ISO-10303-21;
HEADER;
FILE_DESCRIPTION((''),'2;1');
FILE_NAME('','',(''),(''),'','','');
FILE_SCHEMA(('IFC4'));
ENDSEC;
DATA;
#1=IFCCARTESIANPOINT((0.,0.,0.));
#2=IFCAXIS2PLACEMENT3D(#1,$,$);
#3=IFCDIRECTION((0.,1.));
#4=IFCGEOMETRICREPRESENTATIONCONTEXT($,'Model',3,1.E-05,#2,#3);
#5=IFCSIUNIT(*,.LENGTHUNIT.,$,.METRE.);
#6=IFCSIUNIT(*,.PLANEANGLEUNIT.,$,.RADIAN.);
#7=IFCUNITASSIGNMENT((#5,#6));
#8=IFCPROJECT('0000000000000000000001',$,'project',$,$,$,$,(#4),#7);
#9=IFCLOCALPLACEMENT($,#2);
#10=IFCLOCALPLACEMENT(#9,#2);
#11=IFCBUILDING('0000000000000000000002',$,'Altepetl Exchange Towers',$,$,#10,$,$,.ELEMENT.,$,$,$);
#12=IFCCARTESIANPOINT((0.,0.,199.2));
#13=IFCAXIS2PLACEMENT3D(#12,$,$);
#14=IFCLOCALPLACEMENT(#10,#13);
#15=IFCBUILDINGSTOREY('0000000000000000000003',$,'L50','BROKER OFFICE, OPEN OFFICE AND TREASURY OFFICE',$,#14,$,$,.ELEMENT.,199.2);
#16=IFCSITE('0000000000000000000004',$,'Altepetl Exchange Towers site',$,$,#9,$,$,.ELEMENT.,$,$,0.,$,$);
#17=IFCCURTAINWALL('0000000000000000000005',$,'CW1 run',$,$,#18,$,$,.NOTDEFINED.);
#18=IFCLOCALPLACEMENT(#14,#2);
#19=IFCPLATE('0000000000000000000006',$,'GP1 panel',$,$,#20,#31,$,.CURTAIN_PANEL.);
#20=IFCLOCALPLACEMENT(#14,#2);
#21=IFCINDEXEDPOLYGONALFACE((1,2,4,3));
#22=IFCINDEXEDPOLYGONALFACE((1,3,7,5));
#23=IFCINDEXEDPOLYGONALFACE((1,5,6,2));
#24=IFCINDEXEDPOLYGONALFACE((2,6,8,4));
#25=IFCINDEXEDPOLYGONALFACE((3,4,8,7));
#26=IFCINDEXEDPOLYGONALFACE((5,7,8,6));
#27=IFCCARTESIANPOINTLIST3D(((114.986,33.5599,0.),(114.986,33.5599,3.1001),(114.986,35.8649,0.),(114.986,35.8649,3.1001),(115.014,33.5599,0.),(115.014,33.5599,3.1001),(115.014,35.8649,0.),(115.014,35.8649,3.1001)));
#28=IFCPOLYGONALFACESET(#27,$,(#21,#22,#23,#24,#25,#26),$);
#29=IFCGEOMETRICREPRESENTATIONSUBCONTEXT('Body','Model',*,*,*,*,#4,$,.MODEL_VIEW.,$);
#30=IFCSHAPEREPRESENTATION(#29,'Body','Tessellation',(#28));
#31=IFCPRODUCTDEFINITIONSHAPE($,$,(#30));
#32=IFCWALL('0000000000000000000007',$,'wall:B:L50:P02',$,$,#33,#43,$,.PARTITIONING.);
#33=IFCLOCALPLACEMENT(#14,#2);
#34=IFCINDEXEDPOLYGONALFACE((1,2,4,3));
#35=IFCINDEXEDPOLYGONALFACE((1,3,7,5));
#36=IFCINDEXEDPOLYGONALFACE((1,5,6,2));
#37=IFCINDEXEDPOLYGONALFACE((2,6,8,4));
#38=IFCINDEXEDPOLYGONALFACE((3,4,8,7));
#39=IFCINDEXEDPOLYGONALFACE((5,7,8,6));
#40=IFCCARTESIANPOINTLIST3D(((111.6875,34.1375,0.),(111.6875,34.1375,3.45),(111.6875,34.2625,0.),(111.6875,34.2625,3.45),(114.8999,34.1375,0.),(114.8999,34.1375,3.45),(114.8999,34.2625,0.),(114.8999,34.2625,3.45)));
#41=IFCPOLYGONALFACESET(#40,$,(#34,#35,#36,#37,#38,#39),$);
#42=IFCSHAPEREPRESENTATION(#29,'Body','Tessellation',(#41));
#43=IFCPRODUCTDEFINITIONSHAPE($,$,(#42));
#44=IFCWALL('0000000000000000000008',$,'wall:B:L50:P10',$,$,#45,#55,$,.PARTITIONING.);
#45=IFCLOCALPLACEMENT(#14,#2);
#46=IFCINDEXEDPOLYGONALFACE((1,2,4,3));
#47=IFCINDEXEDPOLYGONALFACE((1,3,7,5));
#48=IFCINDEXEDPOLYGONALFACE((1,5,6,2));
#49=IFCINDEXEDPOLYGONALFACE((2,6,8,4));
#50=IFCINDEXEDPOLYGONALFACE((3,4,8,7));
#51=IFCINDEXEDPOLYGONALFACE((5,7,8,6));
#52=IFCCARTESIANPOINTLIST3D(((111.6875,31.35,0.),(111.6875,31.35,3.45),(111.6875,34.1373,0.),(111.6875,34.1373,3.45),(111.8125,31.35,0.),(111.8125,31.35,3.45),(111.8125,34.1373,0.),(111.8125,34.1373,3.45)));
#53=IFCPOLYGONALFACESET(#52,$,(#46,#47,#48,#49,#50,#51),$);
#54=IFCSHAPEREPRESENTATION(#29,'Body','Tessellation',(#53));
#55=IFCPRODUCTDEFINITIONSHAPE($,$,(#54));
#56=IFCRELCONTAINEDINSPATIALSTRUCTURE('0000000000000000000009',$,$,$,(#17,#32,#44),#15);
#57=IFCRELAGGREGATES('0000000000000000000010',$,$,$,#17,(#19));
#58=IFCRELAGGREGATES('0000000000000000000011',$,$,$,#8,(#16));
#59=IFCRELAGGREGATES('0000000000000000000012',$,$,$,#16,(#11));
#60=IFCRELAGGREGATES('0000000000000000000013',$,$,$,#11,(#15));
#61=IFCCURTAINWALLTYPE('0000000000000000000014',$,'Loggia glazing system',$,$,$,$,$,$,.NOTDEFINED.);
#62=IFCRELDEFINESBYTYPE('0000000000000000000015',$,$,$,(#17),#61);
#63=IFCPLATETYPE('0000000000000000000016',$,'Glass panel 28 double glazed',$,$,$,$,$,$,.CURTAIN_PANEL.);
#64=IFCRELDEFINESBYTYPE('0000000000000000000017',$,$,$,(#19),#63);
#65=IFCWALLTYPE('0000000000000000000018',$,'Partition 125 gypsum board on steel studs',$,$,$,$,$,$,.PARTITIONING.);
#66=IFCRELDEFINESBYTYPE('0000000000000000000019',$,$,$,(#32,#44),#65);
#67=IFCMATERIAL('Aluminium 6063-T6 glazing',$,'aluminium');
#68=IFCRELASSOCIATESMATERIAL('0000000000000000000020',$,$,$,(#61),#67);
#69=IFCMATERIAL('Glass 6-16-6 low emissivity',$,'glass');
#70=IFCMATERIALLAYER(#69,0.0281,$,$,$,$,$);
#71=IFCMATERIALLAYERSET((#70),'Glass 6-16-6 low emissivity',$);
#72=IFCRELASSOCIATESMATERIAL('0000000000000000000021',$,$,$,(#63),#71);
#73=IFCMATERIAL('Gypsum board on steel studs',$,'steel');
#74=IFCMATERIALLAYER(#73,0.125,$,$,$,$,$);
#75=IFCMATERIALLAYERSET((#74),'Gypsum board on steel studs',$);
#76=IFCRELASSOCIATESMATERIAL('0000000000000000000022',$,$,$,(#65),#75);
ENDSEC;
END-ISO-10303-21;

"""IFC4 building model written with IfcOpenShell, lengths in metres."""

from ifc_helpers import new_model, si_unit, direction, frame, frame_2d, origin, origin_2d, place, context, subcontext, project, spatial, rectangle, extrude, material, layer, layer_set, type_object, element, aggregate, save


model = new_model("IFC4")

# Units and contexts
model_context = context("Model", 3, precision=1e-05, world=origin(), true_north=direction((0.0, 1.0)))
body_context = subcontext(model_context, "Body", "Model", "MODEL_VIEW")
ifc_project = project(units=[si_unit("LENGTHUNIT", "METRE"), si_unit("PLANEANGLEUNIT", "RADIAN")], contexts=[model_context])

# Site, building, storey
site_placement = place(None, origin())
site = spatial("IfcSite", under=ifc_project, at=site_placement, Name="Altepetl Exchange Towers site", CompositionType="ELEMENT", RefElevation=0.0)
building_placement = place(site_placement, origin())
building = spatial("IfcBuilding", under=site, at=building_placement, Name="Altepetl Exchange Towers", CompositionType="ELEMENT")
storey_placement = place(building_placement, frame((0.0, 0.0, 199.2)))
storey = spatial("IfcBuildingStorey", under=building, at=storey_placement, Name="L50", Description="BROKER OFFICE, OPEN OFFICE AND TREASURY OFFICE", CompositionType="ELEMENT", Elevation=199.2)

# Shared definitions
ifc_material_1 = material(Name="Aluminium 6063-T6 glazing", Category="aluminium")
curtain_wall_type = type_object("IfcCurtainWallType", Name="Loggia glazing system", PredefinedType="NOTDEFINED", material=ifc_material_1)

# Curtain wall
curtain_wall_1_placement = place(storey_placement, origin())
curtain_wall_1 = element("IfcCurtainWall", 1, at=curtain_wall_1_placement, inside=storey, type_object=curtain_wall_type, Name="CW1 run", PredefinedType="NOTDEFINED")

# Plate
ifc_material_2 = material(Name="Glass 6-16-6 low emissivity", Category="glass")
ifc_layer_1 = layer(ifc_material_2, 0.0281)
ifc_layer_set_1 = layer_set([ifc_layer_1], Name="Glass 6-16-6 low emissivity")
plate_type = type_object("IfcPlateType", Name="Glass panel 28 double glazed", PredefinedType="CURTAIN_PANEL", material=ifc_layer_set_1)
plate_1_placement = place(storey_placement, frame((115.0, 34.7124, 0.0), z_axis=(0.0, 0.0, 1.0), x_axis=(0.0, 1.0, 0.0)))
plate_1 = element("IfcPlate", 2, at=plate_1_placement, type_object=plate_type, Name="GP1 panel", PredefinedType="CURTAIN_PANEL", context=body_context, shape_type="SweptSolid", body=[
    extrude(rectangle(XDim=2.3049, YDim=0.0281, at=origin_2d()), origin(), (0.0, 0.0, 1.0), 3.1001),
])
aggregate(curtain_wall_1, [plate_1])

# Walls
ifc_material_3 = material(Name="Gypsum board on steel studs", Category="steel")
ifc_layer_2 = layer(ifc_material_3, 0.125)
ifc_layer_set_2 = layer_set([ifc_layer_2], Name="Gypsum board on steel studs")
wall_type = type_object("IfcWallType", Name="Partition 125 gypsum board on steel studs", PredefinedType="PARTITIONING", material=ifc_layer_set_2)
wall_1_placement = place(storey_placement, frame((111.6875, 34.2, 0.0)))
element("IfcWall", 3, at=wall_1_placement, inside=storey, type_object=wall_type, Name="wall:B:L50:P02", PredefinedType="PARTITIONING", context=body_context, shape_type="SweptSolid", body=[
    extrude(rectangle(XDim=3.2124, YDim=0.125, at=frame_2d((1.6062, 0.0))), origin(), (0.0, 0.0, 1.0), 3.45),
])
wall_2_placement = place(storey_placement, frame((111.75, 31.3501, 0.0), z_axis=(0.0, 0.0, 1.0), x_axis=(0.0, 1.0, 0.0)))
element("IfcWall", 4, at=wall_2_placement, inside=storey, type_object=wall_type, Name="wall:B:L50:P10", PredefinedType="PARTITIONING", context=body_context, shape_type="SweptSolid", body=[
    extrude(rectangle(XDim=2.7874, YDim=0.125, at=frame_2d((1.3936, 0.0))), origin(), (0.0, 0.0, 1.0), 3.45),
])

save(model, "model.ifc")
